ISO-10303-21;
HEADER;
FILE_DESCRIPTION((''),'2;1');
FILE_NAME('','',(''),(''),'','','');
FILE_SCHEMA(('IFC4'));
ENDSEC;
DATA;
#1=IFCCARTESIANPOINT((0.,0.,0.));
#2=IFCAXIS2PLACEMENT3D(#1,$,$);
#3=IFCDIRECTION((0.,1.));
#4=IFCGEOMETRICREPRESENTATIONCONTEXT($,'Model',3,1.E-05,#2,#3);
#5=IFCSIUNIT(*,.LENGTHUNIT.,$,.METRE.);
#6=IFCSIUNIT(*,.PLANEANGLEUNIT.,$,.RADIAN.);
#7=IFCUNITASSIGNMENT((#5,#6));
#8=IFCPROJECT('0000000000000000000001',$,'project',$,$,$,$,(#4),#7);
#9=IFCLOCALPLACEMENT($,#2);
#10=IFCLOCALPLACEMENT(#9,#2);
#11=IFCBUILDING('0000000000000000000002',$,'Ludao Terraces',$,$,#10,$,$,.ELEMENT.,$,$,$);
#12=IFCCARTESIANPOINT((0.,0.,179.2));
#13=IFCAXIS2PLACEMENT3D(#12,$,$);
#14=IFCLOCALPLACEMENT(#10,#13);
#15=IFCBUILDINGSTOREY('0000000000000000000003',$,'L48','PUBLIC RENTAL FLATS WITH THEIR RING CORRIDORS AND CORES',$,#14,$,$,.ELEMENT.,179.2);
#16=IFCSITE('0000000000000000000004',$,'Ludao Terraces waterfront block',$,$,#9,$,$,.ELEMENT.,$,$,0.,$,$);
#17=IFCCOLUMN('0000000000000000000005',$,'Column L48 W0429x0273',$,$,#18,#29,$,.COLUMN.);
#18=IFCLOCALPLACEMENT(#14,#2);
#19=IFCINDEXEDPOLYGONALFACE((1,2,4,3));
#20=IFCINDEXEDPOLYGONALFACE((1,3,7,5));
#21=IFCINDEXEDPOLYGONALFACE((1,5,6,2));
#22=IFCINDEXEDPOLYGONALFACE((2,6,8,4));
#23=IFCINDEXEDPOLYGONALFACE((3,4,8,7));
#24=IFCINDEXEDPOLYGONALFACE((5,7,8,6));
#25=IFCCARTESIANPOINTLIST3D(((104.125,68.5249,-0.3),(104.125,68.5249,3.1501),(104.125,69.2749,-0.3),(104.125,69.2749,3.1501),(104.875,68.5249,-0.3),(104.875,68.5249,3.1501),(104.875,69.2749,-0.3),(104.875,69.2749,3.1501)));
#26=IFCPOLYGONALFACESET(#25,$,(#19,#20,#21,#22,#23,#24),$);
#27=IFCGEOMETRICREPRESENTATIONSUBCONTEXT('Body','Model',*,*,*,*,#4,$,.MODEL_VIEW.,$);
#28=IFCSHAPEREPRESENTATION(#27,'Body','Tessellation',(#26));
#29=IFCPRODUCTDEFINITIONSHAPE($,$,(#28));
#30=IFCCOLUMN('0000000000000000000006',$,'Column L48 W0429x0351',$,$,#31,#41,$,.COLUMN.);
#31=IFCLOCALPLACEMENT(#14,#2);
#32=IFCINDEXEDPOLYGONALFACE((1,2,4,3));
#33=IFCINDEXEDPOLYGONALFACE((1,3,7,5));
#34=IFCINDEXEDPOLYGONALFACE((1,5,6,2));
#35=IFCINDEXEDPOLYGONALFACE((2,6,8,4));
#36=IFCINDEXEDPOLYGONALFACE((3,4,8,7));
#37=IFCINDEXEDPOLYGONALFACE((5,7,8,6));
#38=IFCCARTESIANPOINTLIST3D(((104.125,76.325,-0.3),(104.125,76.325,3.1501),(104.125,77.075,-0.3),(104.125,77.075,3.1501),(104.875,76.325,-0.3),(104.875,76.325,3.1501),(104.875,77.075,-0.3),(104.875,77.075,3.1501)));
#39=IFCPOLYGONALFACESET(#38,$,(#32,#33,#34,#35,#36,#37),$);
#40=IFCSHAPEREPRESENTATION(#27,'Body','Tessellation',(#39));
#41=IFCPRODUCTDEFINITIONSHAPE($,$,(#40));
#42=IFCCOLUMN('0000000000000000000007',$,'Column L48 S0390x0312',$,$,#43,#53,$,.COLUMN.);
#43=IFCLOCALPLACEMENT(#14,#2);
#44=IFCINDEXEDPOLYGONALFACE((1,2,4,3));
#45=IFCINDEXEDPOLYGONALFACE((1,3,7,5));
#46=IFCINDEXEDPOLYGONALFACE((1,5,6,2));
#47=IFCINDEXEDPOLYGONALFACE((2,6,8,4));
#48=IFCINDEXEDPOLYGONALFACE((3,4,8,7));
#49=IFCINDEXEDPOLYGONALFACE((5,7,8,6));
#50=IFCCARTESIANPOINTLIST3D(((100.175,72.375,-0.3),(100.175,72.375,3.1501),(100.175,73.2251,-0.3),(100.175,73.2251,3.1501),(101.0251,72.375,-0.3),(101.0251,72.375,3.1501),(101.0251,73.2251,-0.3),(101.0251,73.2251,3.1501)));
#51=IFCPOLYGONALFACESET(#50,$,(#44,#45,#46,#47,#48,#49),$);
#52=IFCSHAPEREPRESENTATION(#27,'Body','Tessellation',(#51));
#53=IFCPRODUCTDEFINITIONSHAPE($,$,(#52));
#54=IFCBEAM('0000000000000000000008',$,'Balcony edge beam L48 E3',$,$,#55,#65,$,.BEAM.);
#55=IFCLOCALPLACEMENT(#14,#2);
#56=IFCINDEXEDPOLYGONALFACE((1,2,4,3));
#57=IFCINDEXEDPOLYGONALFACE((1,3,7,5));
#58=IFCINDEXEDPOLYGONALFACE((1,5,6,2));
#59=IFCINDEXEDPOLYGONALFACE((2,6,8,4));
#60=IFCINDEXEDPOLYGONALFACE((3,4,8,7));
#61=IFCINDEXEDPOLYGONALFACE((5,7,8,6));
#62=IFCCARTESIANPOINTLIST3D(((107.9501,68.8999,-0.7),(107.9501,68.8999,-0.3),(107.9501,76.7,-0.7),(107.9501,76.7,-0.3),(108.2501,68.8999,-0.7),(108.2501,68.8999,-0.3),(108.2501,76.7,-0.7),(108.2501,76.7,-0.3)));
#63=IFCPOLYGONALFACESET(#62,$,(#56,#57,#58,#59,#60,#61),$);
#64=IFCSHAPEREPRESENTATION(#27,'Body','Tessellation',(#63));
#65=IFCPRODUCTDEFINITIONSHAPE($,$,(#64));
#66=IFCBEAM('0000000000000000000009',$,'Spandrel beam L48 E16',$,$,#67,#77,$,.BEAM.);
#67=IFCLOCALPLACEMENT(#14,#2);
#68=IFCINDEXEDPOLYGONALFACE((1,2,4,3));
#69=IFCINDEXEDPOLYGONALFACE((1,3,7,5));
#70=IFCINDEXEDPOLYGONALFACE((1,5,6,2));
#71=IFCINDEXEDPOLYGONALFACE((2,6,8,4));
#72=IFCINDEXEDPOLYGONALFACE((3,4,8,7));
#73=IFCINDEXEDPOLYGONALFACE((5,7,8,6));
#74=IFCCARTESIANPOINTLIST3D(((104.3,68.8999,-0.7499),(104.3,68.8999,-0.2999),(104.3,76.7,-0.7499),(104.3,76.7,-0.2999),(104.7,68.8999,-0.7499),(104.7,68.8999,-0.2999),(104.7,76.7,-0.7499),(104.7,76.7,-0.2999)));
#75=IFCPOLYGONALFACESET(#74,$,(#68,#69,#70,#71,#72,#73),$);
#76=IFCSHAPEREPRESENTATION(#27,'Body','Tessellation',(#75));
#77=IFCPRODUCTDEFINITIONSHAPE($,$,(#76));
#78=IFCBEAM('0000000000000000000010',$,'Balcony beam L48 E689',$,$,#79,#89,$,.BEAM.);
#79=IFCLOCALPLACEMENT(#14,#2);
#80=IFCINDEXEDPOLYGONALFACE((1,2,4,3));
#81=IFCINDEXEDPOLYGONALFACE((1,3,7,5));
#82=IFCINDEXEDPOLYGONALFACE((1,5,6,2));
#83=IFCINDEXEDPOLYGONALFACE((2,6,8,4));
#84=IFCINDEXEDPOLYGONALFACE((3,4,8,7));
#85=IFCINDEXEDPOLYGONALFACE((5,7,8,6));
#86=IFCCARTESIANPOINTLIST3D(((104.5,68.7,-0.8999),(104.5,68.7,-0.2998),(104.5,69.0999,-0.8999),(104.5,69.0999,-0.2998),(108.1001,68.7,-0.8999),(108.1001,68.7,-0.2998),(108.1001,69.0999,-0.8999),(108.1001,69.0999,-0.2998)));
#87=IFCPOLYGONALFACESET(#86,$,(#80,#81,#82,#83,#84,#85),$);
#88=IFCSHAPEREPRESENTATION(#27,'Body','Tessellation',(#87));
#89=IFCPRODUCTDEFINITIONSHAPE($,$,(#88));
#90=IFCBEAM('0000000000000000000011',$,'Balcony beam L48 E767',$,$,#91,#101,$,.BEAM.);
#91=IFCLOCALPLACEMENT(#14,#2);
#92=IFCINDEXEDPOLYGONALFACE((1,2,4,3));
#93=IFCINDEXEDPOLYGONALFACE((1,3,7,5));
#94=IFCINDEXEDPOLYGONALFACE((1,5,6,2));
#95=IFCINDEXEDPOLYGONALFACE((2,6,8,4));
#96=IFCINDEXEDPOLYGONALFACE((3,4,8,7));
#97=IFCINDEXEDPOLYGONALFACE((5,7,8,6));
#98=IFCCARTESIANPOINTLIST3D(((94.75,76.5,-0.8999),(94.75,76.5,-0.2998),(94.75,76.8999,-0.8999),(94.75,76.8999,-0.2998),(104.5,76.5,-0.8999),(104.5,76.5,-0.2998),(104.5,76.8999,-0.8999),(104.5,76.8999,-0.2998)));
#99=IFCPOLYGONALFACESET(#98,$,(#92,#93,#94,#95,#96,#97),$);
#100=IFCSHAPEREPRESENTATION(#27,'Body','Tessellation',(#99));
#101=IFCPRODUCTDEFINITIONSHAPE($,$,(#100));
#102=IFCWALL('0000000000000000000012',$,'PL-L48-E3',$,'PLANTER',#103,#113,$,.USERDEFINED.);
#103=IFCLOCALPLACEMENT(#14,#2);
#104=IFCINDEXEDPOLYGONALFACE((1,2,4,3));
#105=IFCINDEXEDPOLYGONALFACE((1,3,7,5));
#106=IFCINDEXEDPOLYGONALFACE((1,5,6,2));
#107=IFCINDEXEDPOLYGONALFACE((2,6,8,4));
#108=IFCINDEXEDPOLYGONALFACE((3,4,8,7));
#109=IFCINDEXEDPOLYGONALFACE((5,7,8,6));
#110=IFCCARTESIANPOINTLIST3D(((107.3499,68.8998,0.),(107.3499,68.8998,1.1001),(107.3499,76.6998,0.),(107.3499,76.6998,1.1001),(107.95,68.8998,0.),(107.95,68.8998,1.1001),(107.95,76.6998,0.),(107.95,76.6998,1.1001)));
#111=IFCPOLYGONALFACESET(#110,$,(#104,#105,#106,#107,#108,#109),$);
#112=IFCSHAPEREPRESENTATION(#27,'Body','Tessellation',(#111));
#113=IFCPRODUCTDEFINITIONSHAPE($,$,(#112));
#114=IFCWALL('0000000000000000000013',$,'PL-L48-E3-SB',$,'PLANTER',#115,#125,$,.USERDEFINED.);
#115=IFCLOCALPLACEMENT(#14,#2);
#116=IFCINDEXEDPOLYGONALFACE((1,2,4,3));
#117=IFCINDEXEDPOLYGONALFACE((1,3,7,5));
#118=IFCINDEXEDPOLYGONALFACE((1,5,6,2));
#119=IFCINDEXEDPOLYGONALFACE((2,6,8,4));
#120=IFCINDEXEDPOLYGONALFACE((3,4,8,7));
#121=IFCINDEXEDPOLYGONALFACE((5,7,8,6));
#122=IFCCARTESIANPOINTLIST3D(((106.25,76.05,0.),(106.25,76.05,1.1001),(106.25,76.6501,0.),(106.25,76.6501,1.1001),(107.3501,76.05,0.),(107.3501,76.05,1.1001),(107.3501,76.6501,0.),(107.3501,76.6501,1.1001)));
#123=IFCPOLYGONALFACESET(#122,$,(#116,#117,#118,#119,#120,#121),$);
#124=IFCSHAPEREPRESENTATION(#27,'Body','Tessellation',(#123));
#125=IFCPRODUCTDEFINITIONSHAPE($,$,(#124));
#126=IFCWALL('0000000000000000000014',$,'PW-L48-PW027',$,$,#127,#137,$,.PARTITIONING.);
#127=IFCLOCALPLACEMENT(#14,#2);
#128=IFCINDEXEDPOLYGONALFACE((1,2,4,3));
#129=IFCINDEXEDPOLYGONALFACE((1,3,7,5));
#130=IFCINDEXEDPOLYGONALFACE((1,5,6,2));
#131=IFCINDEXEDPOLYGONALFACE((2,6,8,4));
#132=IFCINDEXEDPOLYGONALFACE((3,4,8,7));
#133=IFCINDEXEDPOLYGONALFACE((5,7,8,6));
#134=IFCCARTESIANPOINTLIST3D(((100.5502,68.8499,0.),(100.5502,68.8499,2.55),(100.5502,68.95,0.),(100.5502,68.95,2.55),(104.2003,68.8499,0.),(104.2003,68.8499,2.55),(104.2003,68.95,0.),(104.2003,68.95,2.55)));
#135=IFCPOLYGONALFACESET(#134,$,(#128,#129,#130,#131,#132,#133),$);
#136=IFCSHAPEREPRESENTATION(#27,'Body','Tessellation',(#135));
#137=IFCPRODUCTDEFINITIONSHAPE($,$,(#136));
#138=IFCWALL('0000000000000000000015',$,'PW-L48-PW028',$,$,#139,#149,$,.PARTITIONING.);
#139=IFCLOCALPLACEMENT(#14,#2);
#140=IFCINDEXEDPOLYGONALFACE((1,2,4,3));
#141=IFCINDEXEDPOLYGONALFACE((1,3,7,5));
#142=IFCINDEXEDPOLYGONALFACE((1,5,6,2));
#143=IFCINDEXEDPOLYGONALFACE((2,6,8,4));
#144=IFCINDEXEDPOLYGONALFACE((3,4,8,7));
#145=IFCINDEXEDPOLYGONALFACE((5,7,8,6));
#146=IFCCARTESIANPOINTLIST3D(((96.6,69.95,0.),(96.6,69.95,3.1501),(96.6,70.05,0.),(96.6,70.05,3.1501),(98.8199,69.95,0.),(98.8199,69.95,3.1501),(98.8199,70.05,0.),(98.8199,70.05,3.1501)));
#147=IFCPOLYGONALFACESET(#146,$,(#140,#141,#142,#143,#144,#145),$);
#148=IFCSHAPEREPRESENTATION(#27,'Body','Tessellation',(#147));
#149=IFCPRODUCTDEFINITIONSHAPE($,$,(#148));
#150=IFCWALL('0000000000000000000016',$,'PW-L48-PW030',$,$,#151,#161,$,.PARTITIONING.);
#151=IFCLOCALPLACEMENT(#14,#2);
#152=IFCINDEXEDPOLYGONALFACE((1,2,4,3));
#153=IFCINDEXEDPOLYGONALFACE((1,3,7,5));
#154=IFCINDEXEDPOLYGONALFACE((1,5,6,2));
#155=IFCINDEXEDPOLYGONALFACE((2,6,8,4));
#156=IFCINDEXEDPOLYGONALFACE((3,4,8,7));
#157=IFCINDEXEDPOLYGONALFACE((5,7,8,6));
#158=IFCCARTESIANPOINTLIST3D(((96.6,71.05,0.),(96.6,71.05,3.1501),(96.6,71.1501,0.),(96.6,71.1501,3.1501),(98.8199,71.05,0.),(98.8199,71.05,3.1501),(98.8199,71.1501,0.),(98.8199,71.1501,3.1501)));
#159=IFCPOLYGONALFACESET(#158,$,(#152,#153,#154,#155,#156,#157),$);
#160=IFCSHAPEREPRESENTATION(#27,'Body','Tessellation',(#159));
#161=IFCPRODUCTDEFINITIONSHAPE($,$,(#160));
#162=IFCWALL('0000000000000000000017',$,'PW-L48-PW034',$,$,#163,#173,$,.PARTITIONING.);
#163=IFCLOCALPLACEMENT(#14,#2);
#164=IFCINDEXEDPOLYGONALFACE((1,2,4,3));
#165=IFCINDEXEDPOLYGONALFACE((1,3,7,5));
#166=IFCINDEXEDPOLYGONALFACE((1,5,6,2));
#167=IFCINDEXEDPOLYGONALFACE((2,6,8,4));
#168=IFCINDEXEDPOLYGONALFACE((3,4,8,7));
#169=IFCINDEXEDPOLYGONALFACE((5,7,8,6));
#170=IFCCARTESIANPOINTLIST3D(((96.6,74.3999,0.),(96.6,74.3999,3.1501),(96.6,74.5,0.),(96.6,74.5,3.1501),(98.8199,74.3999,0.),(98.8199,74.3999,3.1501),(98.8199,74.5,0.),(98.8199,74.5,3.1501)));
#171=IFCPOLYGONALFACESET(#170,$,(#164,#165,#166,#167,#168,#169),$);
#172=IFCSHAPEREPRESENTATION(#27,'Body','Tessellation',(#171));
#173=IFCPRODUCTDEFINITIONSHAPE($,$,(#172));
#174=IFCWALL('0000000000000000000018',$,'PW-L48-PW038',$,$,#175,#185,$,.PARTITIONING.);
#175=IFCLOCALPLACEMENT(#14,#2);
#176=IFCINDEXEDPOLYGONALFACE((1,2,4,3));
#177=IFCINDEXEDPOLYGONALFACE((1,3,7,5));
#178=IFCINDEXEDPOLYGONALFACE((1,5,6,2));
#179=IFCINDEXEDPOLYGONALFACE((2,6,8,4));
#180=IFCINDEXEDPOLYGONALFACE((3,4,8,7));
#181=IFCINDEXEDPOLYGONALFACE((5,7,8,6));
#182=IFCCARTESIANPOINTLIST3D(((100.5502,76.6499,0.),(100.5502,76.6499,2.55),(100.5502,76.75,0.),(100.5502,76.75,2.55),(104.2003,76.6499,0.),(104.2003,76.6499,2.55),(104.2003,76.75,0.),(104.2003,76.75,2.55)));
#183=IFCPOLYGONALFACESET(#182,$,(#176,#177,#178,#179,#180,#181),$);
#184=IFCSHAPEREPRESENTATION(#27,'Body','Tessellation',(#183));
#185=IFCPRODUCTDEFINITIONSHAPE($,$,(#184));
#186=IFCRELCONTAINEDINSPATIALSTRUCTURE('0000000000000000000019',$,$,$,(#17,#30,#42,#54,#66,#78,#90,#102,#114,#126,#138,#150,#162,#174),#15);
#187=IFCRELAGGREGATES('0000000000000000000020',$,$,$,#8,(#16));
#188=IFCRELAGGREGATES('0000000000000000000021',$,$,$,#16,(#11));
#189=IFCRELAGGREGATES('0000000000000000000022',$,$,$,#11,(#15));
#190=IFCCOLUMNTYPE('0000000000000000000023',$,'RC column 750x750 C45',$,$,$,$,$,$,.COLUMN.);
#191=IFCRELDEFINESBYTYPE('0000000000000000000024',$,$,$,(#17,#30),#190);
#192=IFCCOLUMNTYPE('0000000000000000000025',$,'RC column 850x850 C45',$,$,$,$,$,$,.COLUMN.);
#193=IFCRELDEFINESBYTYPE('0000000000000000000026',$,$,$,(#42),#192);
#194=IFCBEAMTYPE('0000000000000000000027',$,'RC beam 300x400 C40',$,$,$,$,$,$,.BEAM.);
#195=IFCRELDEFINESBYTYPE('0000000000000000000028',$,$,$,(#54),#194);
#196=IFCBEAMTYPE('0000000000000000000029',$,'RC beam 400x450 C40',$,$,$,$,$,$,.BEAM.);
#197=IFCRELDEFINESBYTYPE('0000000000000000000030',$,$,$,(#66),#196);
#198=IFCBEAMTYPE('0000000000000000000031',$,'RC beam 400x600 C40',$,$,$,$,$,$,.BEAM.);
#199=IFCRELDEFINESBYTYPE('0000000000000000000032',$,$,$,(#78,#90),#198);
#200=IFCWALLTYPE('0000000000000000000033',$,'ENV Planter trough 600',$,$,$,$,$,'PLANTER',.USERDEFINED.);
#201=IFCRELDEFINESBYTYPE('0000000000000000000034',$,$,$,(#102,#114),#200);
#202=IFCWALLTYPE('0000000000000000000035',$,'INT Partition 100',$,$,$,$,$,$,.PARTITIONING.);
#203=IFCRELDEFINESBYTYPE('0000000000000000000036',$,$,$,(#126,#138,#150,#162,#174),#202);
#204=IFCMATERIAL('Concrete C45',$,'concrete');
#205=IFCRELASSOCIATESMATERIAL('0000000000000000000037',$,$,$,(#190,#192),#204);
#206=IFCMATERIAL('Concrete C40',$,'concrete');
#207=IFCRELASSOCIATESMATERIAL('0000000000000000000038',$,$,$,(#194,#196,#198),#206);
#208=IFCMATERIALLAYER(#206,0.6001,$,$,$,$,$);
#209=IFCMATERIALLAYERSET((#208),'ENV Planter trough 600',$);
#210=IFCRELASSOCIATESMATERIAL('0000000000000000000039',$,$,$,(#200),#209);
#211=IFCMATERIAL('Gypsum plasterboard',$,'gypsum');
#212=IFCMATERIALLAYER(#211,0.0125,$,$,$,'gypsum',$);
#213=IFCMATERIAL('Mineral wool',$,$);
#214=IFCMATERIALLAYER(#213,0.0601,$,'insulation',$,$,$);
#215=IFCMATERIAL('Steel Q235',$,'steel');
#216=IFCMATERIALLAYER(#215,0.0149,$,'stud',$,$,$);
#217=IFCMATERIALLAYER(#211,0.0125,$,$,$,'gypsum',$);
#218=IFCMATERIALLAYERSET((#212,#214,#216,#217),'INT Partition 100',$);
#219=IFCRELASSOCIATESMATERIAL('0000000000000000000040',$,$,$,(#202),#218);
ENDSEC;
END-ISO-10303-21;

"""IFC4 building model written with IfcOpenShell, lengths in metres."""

from ifc_helpers import new_model, si_unit, direction, frame, frame_2d, origin, origin_2d, place, context, subcontext, project, spatial, rectangle, extrude, material, layer, layer_set, material_profile, profile_set, type_object, element, save


model = new_model("IFC4")

# Units and contexts
model_context = context("Model", 3, precision=1e-05, world=origin(), true_north=direction((0.0, 1.0)))
body_context = subcontext(model_context, "Body", "Model", "MODEL_VIEW")
ifc_project = project(units=[si_unit("LENGTHUNIT", "METRE"), si_unit("PLANEANGLEUNIT", "RADIAN")], contexts=[model_context])

# Site, building, storey
site_placement = place(None, origin())
site = spatial("IfcSite", under=ifc_project, at=site_placement, Name="Ludao Terraces waterfront block", CompositionType="ELEMENT", RefElevation=0.0)
building_placement = place(site_placement, origin())
building = spatial("IfcBuilding", under=site, at=building_placement, Name="Ludao Terraces", CompositionType="ELEMENT")
storey_placement = place(building_placement, frame((0.0, 0.0, 179.2)))
storey = spatial("IfcBuildingStorey", under=building, at=storey_placement, Name="L48", Description="PUBLIC RENTAL FLATS WITH THEIR RING CORRIDORS AND CORES", CompositionType="ELEMENT", Elevation=179.2)

# Columns
ifc_material_1 = material(Name="Concrete C45", Category="concrete")
ifc_material_profile_1 = material_profile(ifc_material_1, rectangle(XDim=0.75, YDim=0.75, at=origin_2d()), Name="750 X 750")
ifc_profile_set_1 = profile_set([ifc_material_profile_1], Name="Concrete C45")
column_type_1 = type_object("IfcColumnType", Name="RC column 750x750 C45", PredefinedType="COLUMN", material=ifc_profile_set_1)
for number, where, z_axis, x_axis, name in (
    (1, (104.5, 68.8999, -0.3), (0.0, 0.0, 1.0), (1.0, 0.0, 0.0), "Column L48 W0429x0273"),
    (2, (104.5, 76.7, -0.3), (0.0, 0.0, 1.0), (1.0, 0.0, 0.0), "Column L48 W0429x0351"),
):
    element("IfcColumn", number, at=place(storey_placement, frame(where, z_axis=z_axis, x_axis=x_axis)), inside=storey, type_object=column_type_1, Name=name, PredefinedType="COLUMN", context=body_context, shape_type="SweptSolid", body=[
        extrude(rectangle(XDim=0.75, YDim=0.75, at=origin_2d()), origin(), (0.0, 0.0, 1.0), 3.4502),
    ])
ifc_material_profile_2 = material_profile(ifc_material_1, rectangle(XDim=0.8501, YDim=0.8501, at=origin_2d()), Name="850 X 850")
ifc_profile_set_2 = profile_set([ifc_material_profile_2], Name="Concrete C45")
column_type_2 = type_object("IfcColumnType", Name="RC column 850x850 C45", PredefinedType="COLUMN", material=ifc_profile_set_2)
column_placement = place(storey_placement, frame((100.6001, 72.8, -0.3), z_axis=(0.0, 0.0, 1.0), x_axis=(1.0, 0.0, 0.0)))
element("IfcColumn", 3, at=column_placement, inside=storey, type_object=column_type_2, Name="Column L48 S0390x0312", PredefinedType="COLUMN", context=body_context, shape_type="SweptSolid", body=[
    extrude(rectangle(XDim=0.8501, YDim=0.8501, at=origin_2d()), origin(), (0.0, 0.0, 1.0), 3.4502),
])

# Beams
ifc_material_2 = material(Name="Concrete C40", Category="concrete")
ifc_material_profile_3 = material_profile(ifc_material_2, rectangle(XDim=0.3, YDim=0.3999, at=origin_2d()), Name="300 X 400")
ifc_profile_set_3 = profile_set([ifc_material_profile_3], Name="Concrete C40")
beam_type_1 = type_object("IfcBeamType", Name="RC beam 300x400 C40", PredefinedType="BEAM", material=ifc_profile_set_3)
beam_1_placement = place(storey_placement, frame((108.1001, 68.8999, -0.5), z_axis=(0.0, 1.0, 0.0), x_axis=(-1.0, 0.0, 0.0)))
element("IfcBeam", 4, at=beam_1_placement, inside=storey, type_object=beam_type_1, Name="Balcony edge beam L48 E3", PredefinedType="BEAM", context=body_context, shape_type="SweptSolid", body=[
    extrude(rectangle(XDim=0.3, YDim=0.3999, at=origin_2d()), origin(), (0.0, 0.0, 1.0), 7.8),
])
ifc_material_profile_4 = material_profile(ifc_material_2, rectangle(XDim=0.3999, YDim=0.45, at=origin_2d()), Name="400 X 450")
ifc_profile_set_4 = profile_set([ifc_material_profile_4], Name="Concrete C40")
beam_type_2 = type_object("IfcBeamType", Name="RC beam 400x450 C40", PredefinedType="BEAM", material=ifc_profile_set_4)
beam_2_placement = place(storey_placement, frame((104.5, 68.8999, -0.5249), z_axis=(0.0, 1.0, 0.0), x_axis=(-1.0, 0.0, 0.0)))
element("IfcBeam", 5, at=beam_2_placement, inside=storey, type_object=beam_type_2, Name="Spandrel beam L48 E16", PredefinedType="BEAM", context=body_context, shape_type="SweptSolid", body=[
    extrude(rectangle(XDim=0.3999, YDim=0.45, at=origin_2d()), origin(), (0.0, 0.0, 1.0), 7.8),
])
ifc_material_profile_5 = material_profile(ifc_material_2, rectangle(XDim=0.3999, YDim=0.6001, at=origin_2d()), Name="400 X 600")
ifc_profile_set_5 = profile_set([ifc_material_profile_5], Name="Concrete C40")
beam_type_3 = type_object("IfcBeamType", Name="RC beam 400x600 C40", PredefinedType="BEAM", material=ifc_profile_set_5)
beam_3_placement = place(storey_placement, frame((104.5, 68.8999, -0.5999), z_axis=(1.0, 0.0, 0.0), x_axis=(0.0, 1.0, 0.0)))
element("IfcBeam", 6, at=beam_3_placement, inside=storey, type_object=beam_type_3, Name="Balcony beam L48 E689", PredefinedType="BEAM", context=body_context, shape_type="SweptSolid", body=[
    extrude(rectangle(XDim=0.3999, YDim=0.6001, at=origin_2d()), origin(), (0.0, 0.0, 1.0), 3.6001),
])
beam_4_placement = place(storey_placement, frame((94.75, 76.7, -0.5999), z_axis=(1.0, 0.0, 0.0), x_axis=(0.0, 1.0, 0.0)))
element("IfcBeam", 7, at=beam_4_placement, inside=storey, type_object=beam_type_3, Name="Balcony beam L48 E767", PredefinedType="BEAM", context=body_context, shape_type="SweptSolid", body=[
    extrude(rectangle(XDim=0.3999, YDim=0.6001, at=origin_2d()), origin(), (0.0, 0.0, 1.0), 9.75),
])

# Walls
ifc_layer_1 = layer(ifc_material_2, 0.6001)
ifc_layer_set_1 = layer_set([ifc_layer_1], Name="ENV Planter trough 600")
wall_type_1 = type_object("IfcWallType", Name="ENV Planter trough 600", ElementType="PLANTER", PredefinedType="USERDEFINED", material=ifc_layer_set_1)
wall_1_placement = place(storey_placement, frame((107.6499, 68.8999, 0.0), z_axis=(0.0, 0.0, 1.0), x_axis=(0.0, 1.0, 0.0)))
element("IfcWall", 8, at=wall_1_placement, inside=storey, type_object=wall_type_1, Name="PL-L48-E3", ObjectType="PLANTER", PredefinedType="USERDEFINED", context=body_context, shape_type="SweptSolid", body=[
    extrude(rectangle(XDim=7.8, YDim=0.6001, at=frame_2d((3.8999, 0.0))), origin(), (0.0, 0.0, 1.0), 1.1001),
])
wall_2_placement = place(storey_placement, frame((107.3501, 76.3501, 0.0), z_axis=(0.0, 0.0, 1.0), x_axis=(-1.0, 0.0, 0.0)))
element("IfcWall", 9, at=wall_2_placement, inside=storey, type_object=wall_type_1, Name="PL-L48-E3-SB", ObjectType="PLANTER", PredefinedType="USERDEFINED", context=body_context, shape_type="SweptSolid", body=[
    extrude(rectangle(XDim=1.1001, YDim=0.6001, at=frame_2d((0.55, 0.0))), origin(), (0.0, 0.0, 1.0), 1.1001),
])

# Shared definitions
ifc_material_3 = material(Name="Mineral wool")

# Walls
ifc_material_4 = material(Name="Gypsum plasterboard", Category="gypsum")
ifc_layer_2 = layer(ifc_material_4, 0.0125, Category="gypsum")
ifc_layer_3 = layer(ifc_material_3, 0.0601, Name="insulation")
ifc_material_5 = material(Name="Steel Q235", Category="steel")
ifc_layer_4 = layer(ifc_material_5, 0.0149, Name="stud")
ifc_layer_5 = layer(ifc_material_4, 0.0125, Category="gypsum")
ifc_layer_set_2 = layer_set([ifc_layer_2, ifc_layer_3, ifc_layer_4, ifc_layer_5], Name="INT Partition 100")
wall_type_2 = type_object("IfcWallType", Name="INT Partition 100", PredefinedType="PARTITIONING", material=ifc_layer_set_2)
wall_3_placement = place(storey_placement, frame((100.55, 68.8999, 0.0), z_axis=(0.0, 0.0, 1.0), x_axis=(1.0, 0.0, 0.0)))
element("IfcWall", 10, at=wall_3_placement, inside=storey, type_object=wall_type_2, Name="PW-L48-PW027", PredefinedType="PARTITIONING", context=body_context, shape_type="SweptSolid", body=[
    extrude(rectangle(XDim=3.6501, YDim=0.1001, at=frame_2d((1.8252, 0.0))), origin(), (0.0, 0.0, 1.0), 2.55),
])
for number, where, z_axis, x_axis, name in (
    (11, (96.6001, 70.0, 0.0), (0.0, 0.0, 1.0), (1.0, 0.0, 0.0), "PW-L48-PW028"),
    (12, (96.6001, 71.1001, 0.0), (0.0, 0.0, 1.0), (1.0, 0.0, 0.0), "PW-L48-PW030"),
    (13, (96.6001, 74.45, 0.0), (0.0, 0.0, 1.0), (1.0, 0.0, 0.0), "PW-L48-PW034"),
):
    element("IfcWall", number, at=place(storey_placement, frame(where, z_axis=z_axis, x_axis=x_axis)), inside=storey, type_object=wall_type_2, Name=name, PredefinedType="PARTITIONING", context=body_context, shape_type="SweptSolid", body=[
        extrude(rectangle(XDim=2.22, YDim=0.1001, at=frame_2d((1.1099, 0.0))), origin(), (0.0, 0.0, 1.0), 3.1501),
    ])
wall_4_placement = place(storey_placement, frame((100.55, 76.7, 0.0), z_axis=(0.0, 0.0, 1.0), x_axis=(1.0, 0.0, 0.0)))
element("IfcWall", 14, at=wall_4_placement, inside=storey, type_object=wall_type_2, Name="PW-L48-PW038", PredefinedType="PARTITIONING", context=body_context, shape_type="SweptSolid", body=[
    extrude(rectangle(XDim=3.6501, YDim=0.1001, at=frame_2d((1.8252, 0.0))), origin(), (0.0, 0.0, 1.0), 2.55),
])

save(model, "model.ifc")
